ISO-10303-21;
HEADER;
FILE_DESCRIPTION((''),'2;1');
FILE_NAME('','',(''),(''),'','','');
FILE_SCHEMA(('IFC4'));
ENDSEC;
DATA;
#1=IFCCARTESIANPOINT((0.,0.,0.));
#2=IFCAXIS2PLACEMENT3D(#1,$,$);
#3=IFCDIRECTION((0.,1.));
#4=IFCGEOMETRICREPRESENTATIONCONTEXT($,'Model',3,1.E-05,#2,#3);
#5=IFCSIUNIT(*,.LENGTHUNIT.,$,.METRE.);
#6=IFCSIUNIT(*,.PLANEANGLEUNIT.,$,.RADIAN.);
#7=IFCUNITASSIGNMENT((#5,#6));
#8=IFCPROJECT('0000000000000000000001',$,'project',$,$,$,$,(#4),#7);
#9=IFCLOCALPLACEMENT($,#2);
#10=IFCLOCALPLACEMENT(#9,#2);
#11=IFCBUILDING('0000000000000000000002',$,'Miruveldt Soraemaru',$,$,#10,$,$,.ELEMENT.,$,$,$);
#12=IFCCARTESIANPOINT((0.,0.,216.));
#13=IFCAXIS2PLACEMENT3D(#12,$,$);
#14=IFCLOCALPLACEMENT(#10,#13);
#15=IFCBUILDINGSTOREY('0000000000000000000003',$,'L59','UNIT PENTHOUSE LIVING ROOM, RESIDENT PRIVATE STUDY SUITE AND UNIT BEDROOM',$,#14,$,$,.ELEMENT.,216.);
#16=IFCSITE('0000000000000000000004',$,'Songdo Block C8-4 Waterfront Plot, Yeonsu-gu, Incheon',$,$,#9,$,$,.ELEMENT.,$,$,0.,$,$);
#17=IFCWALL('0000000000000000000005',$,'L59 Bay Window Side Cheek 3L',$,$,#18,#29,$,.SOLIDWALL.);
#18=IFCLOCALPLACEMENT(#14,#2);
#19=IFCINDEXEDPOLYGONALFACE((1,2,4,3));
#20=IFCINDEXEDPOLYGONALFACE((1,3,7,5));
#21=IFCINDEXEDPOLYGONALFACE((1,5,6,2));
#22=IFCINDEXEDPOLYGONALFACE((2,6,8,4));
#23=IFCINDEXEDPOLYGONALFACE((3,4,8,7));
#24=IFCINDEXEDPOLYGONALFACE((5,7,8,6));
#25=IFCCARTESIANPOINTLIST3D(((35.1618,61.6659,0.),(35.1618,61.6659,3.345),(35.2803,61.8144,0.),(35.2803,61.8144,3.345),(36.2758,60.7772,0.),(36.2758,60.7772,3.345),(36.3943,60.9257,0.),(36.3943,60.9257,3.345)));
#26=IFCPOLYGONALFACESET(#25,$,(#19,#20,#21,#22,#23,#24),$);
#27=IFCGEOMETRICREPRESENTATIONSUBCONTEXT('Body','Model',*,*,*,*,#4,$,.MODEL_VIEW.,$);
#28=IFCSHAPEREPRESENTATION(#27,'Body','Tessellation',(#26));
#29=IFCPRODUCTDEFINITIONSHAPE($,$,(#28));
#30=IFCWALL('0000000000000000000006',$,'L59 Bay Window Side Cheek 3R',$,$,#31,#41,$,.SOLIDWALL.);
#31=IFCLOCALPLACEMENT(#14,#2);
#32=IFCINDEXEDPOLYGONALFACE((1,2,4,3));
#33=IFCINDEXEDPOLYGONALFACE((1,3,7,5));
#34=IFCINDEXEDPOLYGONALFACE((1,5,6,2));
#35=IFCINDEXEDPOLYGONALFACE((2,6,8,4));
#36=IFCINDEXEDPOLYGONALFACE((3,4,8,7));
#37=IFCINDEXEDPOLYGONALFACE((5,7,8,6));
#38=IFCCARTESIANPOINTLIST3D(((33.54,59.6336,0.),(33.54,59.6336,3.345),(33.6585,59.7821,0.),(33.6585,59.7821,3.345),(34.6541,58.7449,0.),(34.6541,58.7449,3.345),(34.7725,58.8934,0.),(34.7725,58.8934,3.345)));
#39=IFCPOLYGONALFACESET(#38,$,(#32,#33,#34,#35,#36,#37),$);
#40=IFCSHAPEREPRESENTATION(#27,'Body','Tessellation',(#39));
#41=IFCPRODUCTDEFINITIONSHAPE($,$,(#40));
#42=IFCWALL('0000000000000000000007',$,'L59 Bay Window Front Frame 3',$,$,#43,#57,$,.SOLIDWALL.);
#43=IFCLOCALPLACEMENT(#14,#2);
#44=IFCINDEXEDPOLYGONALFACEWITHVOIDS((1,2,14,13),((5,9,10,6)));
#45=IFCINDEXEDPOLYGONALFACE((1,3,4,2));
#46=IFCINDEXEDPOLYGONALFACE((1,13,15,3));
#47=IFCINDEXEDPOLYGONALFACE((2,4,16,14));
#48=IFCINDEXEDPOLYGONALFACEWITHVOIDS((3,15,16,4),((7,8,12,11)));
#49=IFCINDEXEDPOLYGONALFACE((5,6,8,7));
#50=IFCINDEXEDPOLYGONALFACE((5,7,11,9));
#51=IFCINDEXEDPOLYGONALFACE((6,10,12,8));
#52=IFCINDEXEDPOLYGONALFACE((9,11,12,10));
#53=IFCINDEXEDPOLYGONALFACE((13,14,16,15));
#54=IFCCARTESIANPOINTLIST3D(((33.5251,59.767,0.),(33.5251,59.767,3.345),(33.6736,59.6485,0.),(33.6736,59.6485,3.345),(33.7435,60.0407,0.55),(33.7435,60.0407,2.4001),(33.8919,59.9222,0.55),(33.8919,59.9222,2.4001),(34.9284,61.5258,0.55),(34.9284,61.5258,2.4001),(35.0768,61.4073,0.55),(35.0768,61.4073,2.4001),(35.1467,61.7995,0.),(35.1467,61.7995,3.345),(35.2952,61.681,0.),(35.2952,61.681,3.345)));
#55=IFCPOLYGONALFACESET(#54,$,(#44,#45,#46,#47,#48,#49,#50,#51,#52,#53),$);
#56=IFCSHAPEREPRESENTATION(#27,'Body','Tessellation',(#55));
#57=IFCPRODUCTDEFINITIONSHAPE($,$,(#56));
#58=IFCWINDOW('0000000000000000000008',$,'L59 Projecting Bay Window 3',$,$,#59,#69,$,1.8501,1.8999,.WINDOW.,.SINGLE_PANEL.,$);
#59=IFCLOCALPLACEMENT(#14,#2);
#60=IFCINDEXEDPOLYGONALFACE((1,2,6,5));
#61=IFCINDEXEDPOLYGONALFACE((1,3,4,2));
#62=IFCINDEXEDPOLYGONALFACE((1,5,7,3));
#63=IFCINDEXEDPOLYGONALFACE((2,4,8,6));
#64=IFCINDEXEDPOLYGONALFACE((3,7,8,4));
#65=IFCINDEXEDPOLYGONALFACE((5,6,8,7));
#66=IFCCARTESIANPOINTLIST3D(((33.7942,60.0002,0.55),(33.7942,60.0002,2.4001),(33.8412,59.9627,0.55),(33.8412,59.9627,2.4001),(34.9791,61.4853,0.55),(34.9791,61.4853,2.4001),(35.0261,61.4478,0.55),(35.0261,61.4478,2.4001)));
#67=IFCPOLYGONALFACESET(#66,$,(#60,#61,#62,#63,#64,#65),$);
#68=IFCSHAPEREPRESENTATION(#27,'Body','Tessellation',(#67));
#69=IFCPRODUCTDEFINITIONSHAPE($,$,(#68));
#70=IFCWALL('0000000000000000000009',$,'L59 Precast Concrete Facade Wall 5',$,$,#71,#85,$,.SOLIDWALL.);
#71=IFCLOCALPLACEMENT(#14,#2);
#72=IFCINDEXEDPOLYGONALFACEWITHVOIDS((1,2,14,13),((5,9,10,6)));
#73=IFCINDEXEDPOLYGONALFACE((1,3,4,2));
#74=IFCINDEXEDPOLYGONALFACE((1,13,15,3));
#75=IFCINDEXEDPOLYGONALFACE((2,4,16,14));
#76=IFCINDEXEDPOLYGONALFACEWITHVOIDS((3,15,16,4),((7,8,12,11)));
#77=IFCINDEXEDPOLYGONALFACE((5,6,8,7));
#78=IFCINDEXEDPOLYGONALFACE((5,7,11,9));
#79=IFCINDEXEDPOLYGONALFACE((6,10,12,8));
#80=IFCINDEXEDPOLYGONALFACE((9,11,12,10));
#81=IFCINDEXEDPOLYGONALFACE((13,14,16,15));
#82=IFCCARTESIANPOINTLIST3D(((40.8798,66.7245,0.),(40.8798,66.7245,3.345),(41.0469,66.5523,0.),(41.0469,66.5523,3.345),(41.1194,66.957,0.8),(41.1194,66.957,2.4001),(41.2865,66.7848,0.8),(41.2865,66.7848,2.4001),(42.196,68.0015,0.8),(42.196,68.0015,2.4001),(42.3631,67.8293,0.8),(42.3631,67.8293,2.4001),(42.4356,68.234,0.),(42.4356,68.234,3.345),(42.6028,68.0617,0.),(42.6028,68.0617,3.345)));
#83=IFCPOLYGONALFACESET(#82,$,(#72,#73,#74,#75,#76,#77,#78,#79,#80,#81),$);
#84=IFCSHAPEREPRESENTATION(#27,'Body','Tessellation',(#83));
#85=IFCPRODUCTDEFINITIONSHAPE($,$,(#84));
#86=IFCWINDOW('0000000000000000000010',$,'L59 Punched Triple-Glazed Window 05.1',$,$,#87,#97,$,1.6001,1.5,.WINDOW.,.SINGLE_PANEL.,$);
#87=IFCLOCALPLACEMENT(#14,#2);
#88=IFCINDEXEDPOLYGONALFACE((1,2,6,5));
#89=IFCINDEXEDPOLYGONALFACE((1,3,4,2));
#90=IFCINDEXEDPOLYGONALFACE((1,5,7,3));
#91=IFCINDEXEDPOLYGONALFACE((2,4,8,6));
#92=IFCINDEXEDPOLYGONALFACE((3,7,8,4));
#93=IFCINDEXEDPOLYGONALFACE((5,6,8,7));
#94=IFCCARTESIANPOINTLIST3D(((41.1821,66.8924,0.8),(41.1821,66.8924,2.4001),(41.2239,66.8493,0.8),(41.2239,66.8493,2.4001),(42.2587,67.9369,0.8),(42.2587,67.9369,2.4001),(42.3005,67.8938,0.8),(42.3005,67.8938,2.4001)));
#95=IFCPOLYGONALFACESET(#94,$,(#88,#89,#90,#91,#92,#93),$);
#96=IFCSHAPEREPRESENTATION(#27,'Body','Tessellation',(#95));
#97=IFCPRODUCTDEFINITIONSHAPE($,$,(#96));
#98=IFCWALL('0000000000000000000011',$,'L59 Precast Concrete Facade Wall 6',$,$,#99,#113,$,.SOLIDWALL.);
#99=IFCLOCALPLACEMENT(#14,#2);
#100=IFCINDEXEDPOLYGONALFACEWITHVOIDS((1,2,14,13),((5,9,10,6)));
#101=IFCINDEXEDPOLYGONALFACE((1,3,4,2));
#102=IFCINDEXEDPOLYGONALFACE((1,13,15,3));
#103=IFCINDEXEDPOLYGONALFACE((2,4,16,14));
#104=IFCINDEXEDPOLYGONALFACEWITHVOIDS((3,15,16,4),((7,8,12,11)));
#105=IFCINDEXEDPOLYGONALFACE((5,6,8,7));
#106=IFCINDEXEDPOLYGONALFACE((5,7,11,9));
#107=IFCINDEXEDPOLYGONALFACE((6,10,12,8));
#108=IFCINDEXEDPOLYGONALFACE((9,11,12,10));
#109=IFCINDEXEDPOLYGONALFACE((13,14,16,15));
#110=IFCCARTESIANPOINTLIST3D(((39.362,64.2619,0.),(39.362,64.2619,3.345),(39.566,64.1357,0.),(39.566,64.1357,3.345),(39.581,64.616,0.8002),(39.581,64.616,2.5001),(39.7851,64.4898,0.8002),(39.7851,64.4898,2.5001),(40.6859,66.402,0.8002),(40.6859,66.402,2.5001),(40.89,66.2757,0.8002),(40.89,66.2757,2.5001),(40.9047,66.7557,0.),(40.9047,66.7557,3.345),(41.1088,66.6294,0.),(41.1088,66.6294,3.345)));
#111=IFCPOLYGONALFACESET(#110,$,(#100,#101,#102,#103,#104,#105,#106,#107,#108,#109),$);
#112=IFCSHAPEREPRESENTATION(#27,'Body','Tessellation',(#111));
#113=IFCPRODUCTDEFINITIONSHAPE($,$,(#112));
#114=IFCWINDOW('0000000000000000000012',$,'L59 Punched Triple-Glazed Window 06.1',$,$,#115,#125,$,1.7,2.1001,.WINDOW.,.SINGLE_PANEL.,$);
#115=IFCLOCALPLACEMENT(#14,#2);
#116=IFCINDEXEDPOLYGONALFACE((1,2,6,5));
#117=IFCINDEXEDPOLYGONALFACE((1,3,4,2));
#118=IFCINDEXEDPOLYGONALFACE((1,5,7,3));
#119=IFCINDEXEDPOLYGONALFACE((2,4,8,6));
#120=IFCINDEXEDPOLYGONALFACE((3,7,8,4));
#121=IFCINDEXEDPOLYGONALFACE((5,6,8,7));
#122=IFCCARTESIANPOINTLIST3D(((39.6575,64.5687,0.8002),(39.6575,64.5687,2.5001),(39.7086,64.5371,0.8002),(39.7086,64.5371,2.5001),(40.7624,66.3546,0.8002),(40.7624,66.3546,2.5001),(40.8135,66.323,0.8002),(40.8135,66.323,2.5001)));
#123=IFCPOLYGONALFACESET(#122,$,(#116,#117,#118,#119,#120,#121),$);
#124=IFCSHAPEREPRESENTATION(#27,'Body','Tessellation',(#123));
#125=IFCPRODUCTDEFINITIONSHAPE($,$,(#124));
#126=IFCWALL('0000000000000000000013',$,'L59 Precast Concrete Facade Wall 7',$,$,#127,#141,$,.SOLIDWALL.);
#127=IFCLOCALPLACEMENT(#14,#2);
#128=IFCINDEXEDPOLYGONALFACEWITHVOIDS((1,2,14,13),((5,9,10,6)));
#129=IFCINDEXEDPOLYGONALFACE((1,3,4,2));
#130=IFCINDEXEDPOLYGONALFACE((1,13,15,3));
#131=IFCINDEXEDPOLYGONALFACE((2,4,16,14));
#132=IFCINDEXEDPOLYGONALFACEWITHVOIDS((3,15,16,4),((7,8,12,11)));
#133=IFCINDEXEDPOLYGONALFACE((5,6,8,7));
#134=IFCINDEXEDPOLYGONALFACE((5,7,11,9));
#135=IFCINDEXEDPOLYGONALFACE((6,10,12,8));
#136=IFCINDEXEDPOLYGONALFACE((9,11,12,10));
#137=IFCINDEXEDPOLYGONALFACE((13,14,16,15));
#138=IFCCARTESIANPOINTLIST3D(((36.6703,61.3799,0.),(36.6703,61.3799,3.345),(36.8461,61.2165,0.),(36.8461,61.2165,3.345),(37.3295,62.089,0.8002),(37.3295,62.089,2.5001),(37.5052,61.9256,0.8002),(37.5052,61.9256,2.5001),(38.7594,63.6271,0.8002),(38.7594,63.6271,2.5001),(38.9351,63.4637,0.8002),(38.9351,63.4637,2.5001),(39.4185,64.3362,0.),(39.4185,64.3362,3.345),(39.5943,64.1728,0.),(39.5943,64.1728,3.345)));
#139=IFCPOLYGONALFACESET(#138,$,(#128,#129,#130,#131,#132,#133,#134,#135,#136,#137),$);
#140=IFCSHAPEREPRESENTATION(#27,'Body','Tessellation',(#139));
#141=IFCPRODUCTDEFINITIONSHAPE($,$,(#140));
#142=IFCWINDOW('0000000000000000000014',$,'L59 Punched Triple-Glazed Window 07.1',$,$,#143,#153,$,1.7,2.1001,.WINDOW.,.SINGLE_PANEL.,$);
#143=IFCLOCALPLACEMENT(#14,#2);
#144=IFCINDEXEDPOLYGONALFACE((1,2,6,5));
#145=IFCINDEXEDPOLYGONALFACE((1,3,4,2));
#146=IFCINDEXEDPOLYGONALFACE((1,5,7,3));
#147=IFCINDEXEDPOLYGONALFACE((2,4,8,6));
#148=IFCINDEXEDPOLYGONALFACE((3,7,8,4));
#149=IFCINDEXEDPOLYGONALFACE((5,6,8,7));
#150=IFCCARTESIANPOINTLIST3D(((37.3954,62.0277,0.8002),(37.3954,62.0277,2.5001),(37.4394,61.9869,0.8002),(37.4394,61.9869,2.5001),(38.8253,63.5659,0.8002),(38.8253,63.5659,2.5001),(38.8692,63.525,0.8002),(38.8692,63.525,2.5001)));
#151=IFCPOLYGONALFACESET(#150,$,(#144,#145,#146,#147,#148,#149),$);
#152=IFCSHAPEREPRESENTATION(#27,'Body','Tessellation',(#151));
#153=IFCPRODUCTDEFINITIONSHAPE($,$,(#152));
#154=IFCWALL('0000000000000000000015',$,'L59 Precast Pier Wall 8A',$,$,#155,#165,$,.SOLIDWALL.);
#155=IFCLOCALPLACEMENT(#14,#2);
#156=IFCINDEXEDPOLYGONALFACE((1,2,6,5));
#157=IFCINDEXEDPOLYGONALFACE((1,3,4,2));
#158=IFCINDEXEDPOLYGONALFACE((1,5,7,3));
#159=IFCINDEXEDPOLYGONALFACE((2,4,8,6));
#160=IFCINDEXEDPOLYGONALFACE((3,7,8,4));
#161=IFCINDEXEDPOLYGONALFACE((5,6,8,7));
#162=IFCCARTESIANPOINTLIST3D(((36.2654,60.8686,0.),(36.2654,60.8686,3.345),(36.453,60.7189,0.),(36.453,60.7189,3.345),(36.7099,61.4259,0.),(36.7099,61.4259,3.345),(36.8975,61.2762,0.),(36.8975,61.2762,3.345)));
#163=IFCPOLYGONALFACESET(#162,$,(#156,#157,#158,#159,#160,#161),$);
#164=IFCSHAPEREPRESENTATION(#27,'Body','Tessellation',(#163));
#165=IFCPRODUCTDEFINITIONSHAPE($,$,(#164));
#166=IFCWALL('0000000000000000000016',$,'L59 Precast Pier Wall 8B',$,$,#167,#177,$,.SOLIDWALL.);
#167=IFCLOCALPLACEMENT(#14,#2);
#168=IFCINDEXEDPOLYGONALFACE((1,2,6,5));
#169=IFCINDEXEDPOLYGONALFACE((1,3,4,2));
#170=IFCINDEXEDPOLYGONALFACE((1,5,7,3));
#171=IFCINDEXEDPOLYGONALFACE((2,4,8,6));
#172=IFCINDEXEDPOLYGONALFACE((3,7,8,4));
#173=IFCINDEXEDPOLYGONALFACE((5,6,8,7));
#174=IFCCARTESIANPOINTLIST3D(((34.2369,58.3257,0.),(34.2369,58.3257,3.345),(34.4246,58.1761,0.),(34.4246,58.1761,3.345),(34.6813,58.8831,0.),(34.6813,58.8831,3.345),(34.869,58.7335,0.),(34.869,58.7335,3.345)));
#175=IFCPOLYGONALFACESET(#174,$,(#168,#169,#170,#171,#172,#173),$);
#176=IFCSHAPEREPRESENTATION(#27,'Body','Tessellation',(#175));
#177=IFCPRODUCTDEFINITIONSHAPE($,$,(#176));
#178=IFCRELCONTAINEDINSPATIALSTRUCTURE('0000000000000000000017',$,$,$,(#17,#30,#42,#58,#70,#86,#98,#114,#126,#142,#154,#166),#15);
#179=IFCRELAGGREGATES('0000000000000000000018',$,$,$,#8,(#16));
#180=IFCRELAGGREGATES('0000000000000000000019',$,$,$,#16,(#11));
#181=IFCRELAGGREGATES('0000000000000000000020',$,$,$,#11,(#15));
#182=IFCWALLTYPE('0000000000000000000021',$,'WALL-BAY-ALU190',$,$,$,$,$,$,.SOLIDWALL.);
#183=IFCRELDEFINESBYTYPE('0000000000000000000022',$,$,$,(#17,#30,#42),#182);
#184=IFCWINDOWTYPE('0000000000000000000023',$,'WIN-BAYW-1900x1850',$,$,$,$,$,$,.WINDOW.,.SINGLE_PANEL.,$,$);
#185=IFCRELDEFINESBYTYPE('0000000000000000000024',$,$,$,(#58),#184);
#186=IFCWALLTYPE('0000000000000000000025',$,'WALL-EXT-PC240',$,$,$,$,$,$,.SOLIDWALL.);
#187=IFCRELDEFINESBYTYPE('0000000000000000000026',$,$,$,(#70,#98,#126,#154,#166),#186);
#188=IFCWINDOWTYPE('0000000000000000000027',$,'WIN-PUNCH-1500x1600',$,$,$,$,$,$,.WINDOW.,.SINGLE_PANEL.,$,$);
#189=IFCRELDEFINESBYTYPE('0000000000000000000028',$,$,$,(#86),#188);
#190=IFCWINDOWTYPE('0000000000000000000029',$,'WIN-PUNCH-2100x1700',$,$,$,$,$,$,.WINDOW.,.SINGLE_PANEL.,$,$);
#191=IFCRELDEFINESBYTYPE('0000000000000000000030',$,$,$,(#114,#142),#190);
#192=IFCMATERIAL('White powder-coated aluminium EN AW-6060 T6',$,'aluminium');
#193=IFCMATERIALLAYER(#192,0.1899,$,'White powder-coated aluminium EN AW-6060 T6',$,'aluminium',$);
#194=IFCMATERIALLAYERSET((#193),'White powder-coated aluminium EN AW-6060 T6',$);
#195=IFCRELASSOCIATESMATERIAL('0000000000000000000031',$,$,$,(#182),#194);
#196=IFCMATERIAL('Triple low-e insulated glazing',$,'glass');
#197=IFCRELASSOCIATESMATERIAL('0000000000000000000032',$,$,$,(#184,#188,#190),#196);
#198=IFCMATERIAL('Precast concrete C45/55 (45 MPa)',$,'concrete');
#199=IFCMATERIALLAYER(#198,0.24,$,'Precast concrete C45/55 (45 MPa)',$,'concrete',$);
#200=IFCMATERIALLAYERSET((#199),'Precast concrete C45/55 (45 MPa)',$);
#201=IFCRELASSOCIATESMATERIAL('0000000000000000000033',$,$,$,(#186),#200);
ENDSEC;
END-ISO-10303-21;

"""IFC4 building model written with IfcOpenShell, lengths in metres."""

from ifc_helpers import new_model, si_unit, direction, frame, frame_2d, origin, place, context, subcontext, project, spatial, rectangle, extrude, material, layer, layer_set, type_object, element, fill, save


model = new_model("IFC4")

# Units and contexts
model_context = context("Model", 3, precision=1e-05, world=origin(), true_north=direction((0.0, 1.0)))
body_context = subcontext(model_context, "Body", "Model", "MODEL_VIEW")
ifc_project = project(units=[si_unit("LENGTHUNIT", "METRE"), si_unit("PLANEANGLEUNIT", "RADIAN")], contexts=[model_context])

# Site, building, storey
site_placement = place(None, origin())
site = spatial("IfcSite", under=ifc_project, at=site_placement, Name="Songdo Block C8-4 Waterfront Plot, Yeonsu-gu, Incheon", CompositionType="ELEMENT", RefElevation=0.0)
building_placement = place(site_placement, origin())
building = spatial("IfcBuilding", under=site, at=building_placement, Name="Miruveldt Soraemaru", CompositionType="ELEMENT")
storey_placement = place(building_placement, frame((0.0, 0.0, 216.0)))
storey = spatial("IfcBuildingStorey", under=building, at=storey_placement, Name="L59", Description="UNIT PENTHOUSE LIVING ROOM, RESIDENT PRIVATE STUDY SUITE AND UNIT BEDROOM", CompositionType="ELEMENT", Elevation=216.0)

# Walls
ifc_material_1 = material(Name="White powder-coated aluminium EN AW-6060 T6", Category="aluminium")
ifc_layer_1 = layer(ifc_material_1, 0.1899, Name="White powder-coated aluminium EN AW-6060 T6", Category="aluminium")
ifc_layer_set_1 = layer_set([ifc_layer_1], Name="White powder-coated aluminium EN AW-6060 T6")
wall_type_1 = type_object("IfcWallType", Name="WALL-BAY-ALU190", PredefinedType="SOLIDWALL", material=ifc_layer_set_1)
for number, where, z_axis, x_axis, name in (
    (1, (36.335, 60.8516, 0.0), (0.0, 0.0, 1.0), (-0.781737, 0.623608, 0.0), "L59 Bay Window Side Cheek 3L"),
    (2, (33.5994, 59.7078, 0.0), (0.0, 0.0, 1.0), (0.781737, -0.623608, 0.0), "L59 Bay Window Side Cheek 3R"),
):
    element("IfcWall", number, at=place(storey_placement, frame(where, z_axis=z_axis, x_axis=x_axis)), inside=storey, type_object=wall_type_1, Name=name, PredefinedType="SOLIDWALL", context=body_context, shape_type="SweptSolid", body=[
        extrude(rectangle(XDim=1.425, YDim=0.1899, at=frame_2d((0.7124, 0.0))), origin(), (0.0, 0.0, 1.0), 3.345),
    ])

# Walls, openings, windows
wall_1_placement = place(storey_placement, frame((35.2209, 61.7402, 0.0), z_axis=(0.0, 0.0, 1.0), x_axis=(-0.623664, -0.781693, 0.0)))
wall_1 = element("IfcWall", 3, at=wall_1_placement, inside=storey, type_object=wall_type_1, Name="L59 Bay Window Front Frame 3", PredefinedType="SOLIDWALL", context=body_context, shape_type="SweptSolid", body=[
    extrude(rectangle(XDim=2.6001, YDim=0.1899, at=frame_2d((1.3, 0.0))), origin(), (0.0, 0.0, 1.0), 3.345),
])
opening_1_placement = place(wall_1_placement, frame((0.3501, 0.0, 0.55)))
opening_1 = element("IfcOpeningElement", 4, at=opening_1_placement, cuts=wall_1, PredefinedType="OPENING", context=body_context, shape_type="SweptSolid", body=[
    extrude(rectangle(XDim=1.8999, YDim=1.8501, at=frame_2d((0.95, 0.925))), frame((0.0, 0.105, 0.0), z_axis=(0.0, -1.0, 0.0), x_axis=(1.0, 0.0, 0.0)), (0.0, 0.0, 1.0), 0.21),
])
ifc_material_2 = material(Name="Triple low-e insulated glazing", Category="glass")
window_type_1 = type_object("IfcWindowType", Name="WIN-BAYW-1900x1850", PartitioningType="SINGLE_PANEL", PredefinedType="WINDOW", material=ifc_material_2)
window_1_placement = place(opening_1_placement, origin())
window_1 = element("IfcWindow", 5, at=window_1_placement, inside=storey, type_object=window_type_1, Name="L59 Projecting Bay Window 3", OverallHeight=1.8501, OverallWidth=1.8999, PartitioningType="SINGLE_PANEL", PredefinedType="WINDOW", context=body_context, shape_type="SweptSolid", body=[
    extrude(rectangle(XDim=1.8999, YDim=1.8501, at=frame_2d((0.95, 0.925))), frame((0.0, 0.03, 0.0), z_axis=(0.0, -1.0, 0.0), x_axis=(1.0, 0.0, 0.0)), (0.0, 0.0, 1.0), 0.0601),
])
fill(opening_1, window_1)
ifc_material_3 = material(Name="Precast concrete C45/55 (45 MPa)", Category="concrete")
ifc_layer_2 = layer(ifc_material_3, 0.24, Name="Precast concrete C45/55 (45 MPa)", Category="concrete")
ifc_layer_set_2 = layer_set([ifc_layer_2], Name="Precast concrete C45/55 (45 MPa)")
wall_type_2 = type_object("IfcWallType", Name="WALL-EXT-PC240", PredefinedType="SOLIDWALL", material=ifc_layer_set_2)
wall_2_placement = place(storey_placement, frame((42.5193, 68.1479, 0.0), z_axis=(0.0, 0.0, 1.0), x_axis=(-0.717725, -0.696327, 0.0)))
wall_2 = element("IfcWall", 6, at=wall_2_placement, inside=storey, type_object=wall_type_2, Name="L59 Precast Concrete Facade Wall 5", PredefinedType="SOLIDWALL", context=body_context, shape_type="SweptSolid", body=[
    extrude(rectangle(XDim=2.1677, YDim=0.24, at=frame_2d((1.084, 0.0))), origin(), (0.0, 0.0, 1.0), 3.345),
])
opening_2_placement = place(wall_2_placement, frame((0.334, 0.0, 0.8)))
opening_2 = element("IfcOpeningElement", 7, at=opening_2_placement, cuts=wall_2, PredefinedType="OPENING", context=body_context, shape_type="SweptSolid", body=[
    extrude(rectangle(XDim=1.5, YDim=1.6001, at=frame_2d((0.75, 0.8))), frame((0.0, 0.1299, 0.0), z_axis=(0.0, -1.0, 0.0), x_axis=(1.0, 0.0, 0.0)), (0.0, 0.0, 1.0), 0.26),
])
window_type_2 = type_object("IfcWindowType", Name="WIN-PUNCH-1500x1600", PartitioningType="SINGLE_PANEL", PredefinedType="WINDOW", material=ifc_material_2)
window_2_placement = place(opening_2_placement, origin())
window_2 = element("IfcWindow", 8, at=window_2_placement, inside=storey, type_object=window_type_2, Name="L59 Punched Triple-Glazed Window 05.1", OverallHeight=1.6001, OverallWidth=1.5, PartitioningType="SINGLE_PANEL", PredefinedType="WINDOW", context=body_context, shape_type="SweptSolid", body=[
    extrude(rectangle(XDim=1.5, YDim=1.6001, at=frame_2d((0.75, 0.8))), frame((0.0, 0.03, 0.0), z_axis=(0.0, -1.0, 0.0), x_axis=(1.0, 0.0, 0.0)), (0.0, 0.0, 1.0), 0.0601),
])
fill(opening_2, window_2)
wall_3_placement = place(storey_placement, frame((41.0068, 66.6926, 0.0), z_axis=(0.0, 0.0, 1.0), x_axis=(-0.526117, -0.850412, 0.0)))
wall_3 = element("IfcWall", 9, at=wall_3_placement, inside=storey, type_object=wall_type_2, Name="L59 Precast Concrete Facade Wall 6", PredefinedType="SOLIDWALL", context=body_context, shape_type="SweptSolid", body=[
    extrude(rectangle(XDim=2.9324, YDim=0.24, at=frame_2d((1.4663, 0.0))), origin(), (0.0, 0.0, 1.0), 3.345),
])
opening_3_placement = place(wall_3_placement, frame((0.416, 0.0, 0.8)))
opening_3 = element("IfcOpeningElement", 10, at=opening_3_placement, cuts=wall_3, PredefinedType="OPENING", context=body_context, shape_type="SweptSolid", body=[
    extrude(rectangle(XDim=2.1001, YDim=1.7, at=frame_2d((1.05, 0.8501))), frame((0.0, 0.1299, 0.0), z_axis=(0.0, -1.0, 0.0), x_axis=(1.0, 0.0, 0.0)), (0.0, 0.0, 1.0), 0.26),
])
window_type_3 = type_object("IfcWindowType", Name="WIN-PUNCH-2100x1700", PartitioningType="SINGLE_PANEL", PredefinedType="WINDOW", material=ifc_material_2)
window_3_placement = place(opening_3_placement, origin())
window_3 = element("IfcWindow", 11, at=window_3_placement, inside=storey, type_object=window_type_3, Name="L59 Punched Triple-Glazed Window 06.1", OverallHeight=1.7, OverallWidth=2.1001, PartitioningType="SINGLE_PANEL", PredefinedType="WINDOW", context=body_context, shape_type="SweptSolid", body=[
    extrude(rectangle(XDim=2.1001, YDim=1.7, at=frame_2d((1.05, 0.8501))), frame((0.0, 0.03, 0.0), z_axis=(0.0, -1.0, 0.0), x_axis=(1.0, 0.0, 0.0)), (0.0, 0.0, 1.0), 0.0601),
])
fill(opening_3, window_3)
wall_4_placement = place(storey_placement, frame((39.5063, 64.2544, 0.0), z_axis=(0.0, 0.0, 1.0), x_axis=(-0.680871, -0.732403, 0.0)))
wall_4 = element("IfcWall", 12, at=wall_4_placement, inside=storey, type_object=wall_type_2, Name="L59 Precast Concrete Facade Wall 7", PredefinedType="SOLIDWALL", context=body_context, shape_type="SweptSolid", body=[
    extrude(rectangle(XDim=4.0364, YDim=0.24, at=frame_2d((2.0181, 0.0))), origin(), (0.0, 0.0, 1.0), 3.345),
])
opening_4_placement = place(wall_4_placement, frame((0.968, 0.0, 0.8)))
opening_4 = element("IfcOpeningElement", 13, at=opening_4_placement, cuts=wall_4, PredefinedType="OPENING", context=body_context, shape_type="SweptSolid", body=[
    extrude(rectangle(XDim=2.1001, YDim=1.7, at=frame_2d((1.05, 0.8501))), frame((0.0, 0.1299, 0.0), z_axis=(0.0, -1.0, 0.0), x_axis=(1.0, 0.0, 0.0)), (0.0, 0.0, 1.0), 0.26),
])
window_4_placement = place(opening_4_placement, origin())
window_4 = element("IfcWindow", 14, at=window_4_placement, inside=storey, type_object=window_type_3, Name="L59 Punched Triple-Glazed Window 07.1", OverallHeight=1.7, OverallWidth=2.1001, PartitioningType="SINGLE_PANEL", PredefinedType="WINDOW", context=body_context, shape_type="SweptSolid", body=[
    extrude(rectangle(XDim=2.1001, YDim=1.7, at=frame_2d((1.05, 0.8501))), frame((0.0, 0.03, 0.0), z_axis=(0.0, -1.0, 0.0), x_axis=(1.0, 0.0, 0.0)), (0.0, 0.0, 1.0), 0.0601),
])
fill(opening_4, window_4)

# Walls
for number, where, z_axis, x_axis, name in (
    (15, (36.8037, 61.3511, 0.0), (0.0, 0.0, 1.0), (-0.623567, -0.78177, 0.0), "L59 Precast Pier Wall 8A"),
    (16, (34.7751, 58.8083, 0.0), (0.0, 0.0, 1.0), (-0.623358, -0.781937, 0.0), "L59 Precast Pier Wall 8B"),
):
    element("IfcWall", number, at=place(storey_placement, frame(where, z_axis=z_axis, x_axis=x_axis)), inside=storey, type_object=wall_type_2, Name=name, PredefinedType="SOLIDWALL", context=body_context, shape_type="SweptSolid", body=[
        extrude(rectangle(XDim=0.7129, YDim=0.24, at=frame_2d((0.3564, 0.0))), origin(), (0.0, 0.0, 1.0), 3.345),
    ])

save(model, "model.ifc")
